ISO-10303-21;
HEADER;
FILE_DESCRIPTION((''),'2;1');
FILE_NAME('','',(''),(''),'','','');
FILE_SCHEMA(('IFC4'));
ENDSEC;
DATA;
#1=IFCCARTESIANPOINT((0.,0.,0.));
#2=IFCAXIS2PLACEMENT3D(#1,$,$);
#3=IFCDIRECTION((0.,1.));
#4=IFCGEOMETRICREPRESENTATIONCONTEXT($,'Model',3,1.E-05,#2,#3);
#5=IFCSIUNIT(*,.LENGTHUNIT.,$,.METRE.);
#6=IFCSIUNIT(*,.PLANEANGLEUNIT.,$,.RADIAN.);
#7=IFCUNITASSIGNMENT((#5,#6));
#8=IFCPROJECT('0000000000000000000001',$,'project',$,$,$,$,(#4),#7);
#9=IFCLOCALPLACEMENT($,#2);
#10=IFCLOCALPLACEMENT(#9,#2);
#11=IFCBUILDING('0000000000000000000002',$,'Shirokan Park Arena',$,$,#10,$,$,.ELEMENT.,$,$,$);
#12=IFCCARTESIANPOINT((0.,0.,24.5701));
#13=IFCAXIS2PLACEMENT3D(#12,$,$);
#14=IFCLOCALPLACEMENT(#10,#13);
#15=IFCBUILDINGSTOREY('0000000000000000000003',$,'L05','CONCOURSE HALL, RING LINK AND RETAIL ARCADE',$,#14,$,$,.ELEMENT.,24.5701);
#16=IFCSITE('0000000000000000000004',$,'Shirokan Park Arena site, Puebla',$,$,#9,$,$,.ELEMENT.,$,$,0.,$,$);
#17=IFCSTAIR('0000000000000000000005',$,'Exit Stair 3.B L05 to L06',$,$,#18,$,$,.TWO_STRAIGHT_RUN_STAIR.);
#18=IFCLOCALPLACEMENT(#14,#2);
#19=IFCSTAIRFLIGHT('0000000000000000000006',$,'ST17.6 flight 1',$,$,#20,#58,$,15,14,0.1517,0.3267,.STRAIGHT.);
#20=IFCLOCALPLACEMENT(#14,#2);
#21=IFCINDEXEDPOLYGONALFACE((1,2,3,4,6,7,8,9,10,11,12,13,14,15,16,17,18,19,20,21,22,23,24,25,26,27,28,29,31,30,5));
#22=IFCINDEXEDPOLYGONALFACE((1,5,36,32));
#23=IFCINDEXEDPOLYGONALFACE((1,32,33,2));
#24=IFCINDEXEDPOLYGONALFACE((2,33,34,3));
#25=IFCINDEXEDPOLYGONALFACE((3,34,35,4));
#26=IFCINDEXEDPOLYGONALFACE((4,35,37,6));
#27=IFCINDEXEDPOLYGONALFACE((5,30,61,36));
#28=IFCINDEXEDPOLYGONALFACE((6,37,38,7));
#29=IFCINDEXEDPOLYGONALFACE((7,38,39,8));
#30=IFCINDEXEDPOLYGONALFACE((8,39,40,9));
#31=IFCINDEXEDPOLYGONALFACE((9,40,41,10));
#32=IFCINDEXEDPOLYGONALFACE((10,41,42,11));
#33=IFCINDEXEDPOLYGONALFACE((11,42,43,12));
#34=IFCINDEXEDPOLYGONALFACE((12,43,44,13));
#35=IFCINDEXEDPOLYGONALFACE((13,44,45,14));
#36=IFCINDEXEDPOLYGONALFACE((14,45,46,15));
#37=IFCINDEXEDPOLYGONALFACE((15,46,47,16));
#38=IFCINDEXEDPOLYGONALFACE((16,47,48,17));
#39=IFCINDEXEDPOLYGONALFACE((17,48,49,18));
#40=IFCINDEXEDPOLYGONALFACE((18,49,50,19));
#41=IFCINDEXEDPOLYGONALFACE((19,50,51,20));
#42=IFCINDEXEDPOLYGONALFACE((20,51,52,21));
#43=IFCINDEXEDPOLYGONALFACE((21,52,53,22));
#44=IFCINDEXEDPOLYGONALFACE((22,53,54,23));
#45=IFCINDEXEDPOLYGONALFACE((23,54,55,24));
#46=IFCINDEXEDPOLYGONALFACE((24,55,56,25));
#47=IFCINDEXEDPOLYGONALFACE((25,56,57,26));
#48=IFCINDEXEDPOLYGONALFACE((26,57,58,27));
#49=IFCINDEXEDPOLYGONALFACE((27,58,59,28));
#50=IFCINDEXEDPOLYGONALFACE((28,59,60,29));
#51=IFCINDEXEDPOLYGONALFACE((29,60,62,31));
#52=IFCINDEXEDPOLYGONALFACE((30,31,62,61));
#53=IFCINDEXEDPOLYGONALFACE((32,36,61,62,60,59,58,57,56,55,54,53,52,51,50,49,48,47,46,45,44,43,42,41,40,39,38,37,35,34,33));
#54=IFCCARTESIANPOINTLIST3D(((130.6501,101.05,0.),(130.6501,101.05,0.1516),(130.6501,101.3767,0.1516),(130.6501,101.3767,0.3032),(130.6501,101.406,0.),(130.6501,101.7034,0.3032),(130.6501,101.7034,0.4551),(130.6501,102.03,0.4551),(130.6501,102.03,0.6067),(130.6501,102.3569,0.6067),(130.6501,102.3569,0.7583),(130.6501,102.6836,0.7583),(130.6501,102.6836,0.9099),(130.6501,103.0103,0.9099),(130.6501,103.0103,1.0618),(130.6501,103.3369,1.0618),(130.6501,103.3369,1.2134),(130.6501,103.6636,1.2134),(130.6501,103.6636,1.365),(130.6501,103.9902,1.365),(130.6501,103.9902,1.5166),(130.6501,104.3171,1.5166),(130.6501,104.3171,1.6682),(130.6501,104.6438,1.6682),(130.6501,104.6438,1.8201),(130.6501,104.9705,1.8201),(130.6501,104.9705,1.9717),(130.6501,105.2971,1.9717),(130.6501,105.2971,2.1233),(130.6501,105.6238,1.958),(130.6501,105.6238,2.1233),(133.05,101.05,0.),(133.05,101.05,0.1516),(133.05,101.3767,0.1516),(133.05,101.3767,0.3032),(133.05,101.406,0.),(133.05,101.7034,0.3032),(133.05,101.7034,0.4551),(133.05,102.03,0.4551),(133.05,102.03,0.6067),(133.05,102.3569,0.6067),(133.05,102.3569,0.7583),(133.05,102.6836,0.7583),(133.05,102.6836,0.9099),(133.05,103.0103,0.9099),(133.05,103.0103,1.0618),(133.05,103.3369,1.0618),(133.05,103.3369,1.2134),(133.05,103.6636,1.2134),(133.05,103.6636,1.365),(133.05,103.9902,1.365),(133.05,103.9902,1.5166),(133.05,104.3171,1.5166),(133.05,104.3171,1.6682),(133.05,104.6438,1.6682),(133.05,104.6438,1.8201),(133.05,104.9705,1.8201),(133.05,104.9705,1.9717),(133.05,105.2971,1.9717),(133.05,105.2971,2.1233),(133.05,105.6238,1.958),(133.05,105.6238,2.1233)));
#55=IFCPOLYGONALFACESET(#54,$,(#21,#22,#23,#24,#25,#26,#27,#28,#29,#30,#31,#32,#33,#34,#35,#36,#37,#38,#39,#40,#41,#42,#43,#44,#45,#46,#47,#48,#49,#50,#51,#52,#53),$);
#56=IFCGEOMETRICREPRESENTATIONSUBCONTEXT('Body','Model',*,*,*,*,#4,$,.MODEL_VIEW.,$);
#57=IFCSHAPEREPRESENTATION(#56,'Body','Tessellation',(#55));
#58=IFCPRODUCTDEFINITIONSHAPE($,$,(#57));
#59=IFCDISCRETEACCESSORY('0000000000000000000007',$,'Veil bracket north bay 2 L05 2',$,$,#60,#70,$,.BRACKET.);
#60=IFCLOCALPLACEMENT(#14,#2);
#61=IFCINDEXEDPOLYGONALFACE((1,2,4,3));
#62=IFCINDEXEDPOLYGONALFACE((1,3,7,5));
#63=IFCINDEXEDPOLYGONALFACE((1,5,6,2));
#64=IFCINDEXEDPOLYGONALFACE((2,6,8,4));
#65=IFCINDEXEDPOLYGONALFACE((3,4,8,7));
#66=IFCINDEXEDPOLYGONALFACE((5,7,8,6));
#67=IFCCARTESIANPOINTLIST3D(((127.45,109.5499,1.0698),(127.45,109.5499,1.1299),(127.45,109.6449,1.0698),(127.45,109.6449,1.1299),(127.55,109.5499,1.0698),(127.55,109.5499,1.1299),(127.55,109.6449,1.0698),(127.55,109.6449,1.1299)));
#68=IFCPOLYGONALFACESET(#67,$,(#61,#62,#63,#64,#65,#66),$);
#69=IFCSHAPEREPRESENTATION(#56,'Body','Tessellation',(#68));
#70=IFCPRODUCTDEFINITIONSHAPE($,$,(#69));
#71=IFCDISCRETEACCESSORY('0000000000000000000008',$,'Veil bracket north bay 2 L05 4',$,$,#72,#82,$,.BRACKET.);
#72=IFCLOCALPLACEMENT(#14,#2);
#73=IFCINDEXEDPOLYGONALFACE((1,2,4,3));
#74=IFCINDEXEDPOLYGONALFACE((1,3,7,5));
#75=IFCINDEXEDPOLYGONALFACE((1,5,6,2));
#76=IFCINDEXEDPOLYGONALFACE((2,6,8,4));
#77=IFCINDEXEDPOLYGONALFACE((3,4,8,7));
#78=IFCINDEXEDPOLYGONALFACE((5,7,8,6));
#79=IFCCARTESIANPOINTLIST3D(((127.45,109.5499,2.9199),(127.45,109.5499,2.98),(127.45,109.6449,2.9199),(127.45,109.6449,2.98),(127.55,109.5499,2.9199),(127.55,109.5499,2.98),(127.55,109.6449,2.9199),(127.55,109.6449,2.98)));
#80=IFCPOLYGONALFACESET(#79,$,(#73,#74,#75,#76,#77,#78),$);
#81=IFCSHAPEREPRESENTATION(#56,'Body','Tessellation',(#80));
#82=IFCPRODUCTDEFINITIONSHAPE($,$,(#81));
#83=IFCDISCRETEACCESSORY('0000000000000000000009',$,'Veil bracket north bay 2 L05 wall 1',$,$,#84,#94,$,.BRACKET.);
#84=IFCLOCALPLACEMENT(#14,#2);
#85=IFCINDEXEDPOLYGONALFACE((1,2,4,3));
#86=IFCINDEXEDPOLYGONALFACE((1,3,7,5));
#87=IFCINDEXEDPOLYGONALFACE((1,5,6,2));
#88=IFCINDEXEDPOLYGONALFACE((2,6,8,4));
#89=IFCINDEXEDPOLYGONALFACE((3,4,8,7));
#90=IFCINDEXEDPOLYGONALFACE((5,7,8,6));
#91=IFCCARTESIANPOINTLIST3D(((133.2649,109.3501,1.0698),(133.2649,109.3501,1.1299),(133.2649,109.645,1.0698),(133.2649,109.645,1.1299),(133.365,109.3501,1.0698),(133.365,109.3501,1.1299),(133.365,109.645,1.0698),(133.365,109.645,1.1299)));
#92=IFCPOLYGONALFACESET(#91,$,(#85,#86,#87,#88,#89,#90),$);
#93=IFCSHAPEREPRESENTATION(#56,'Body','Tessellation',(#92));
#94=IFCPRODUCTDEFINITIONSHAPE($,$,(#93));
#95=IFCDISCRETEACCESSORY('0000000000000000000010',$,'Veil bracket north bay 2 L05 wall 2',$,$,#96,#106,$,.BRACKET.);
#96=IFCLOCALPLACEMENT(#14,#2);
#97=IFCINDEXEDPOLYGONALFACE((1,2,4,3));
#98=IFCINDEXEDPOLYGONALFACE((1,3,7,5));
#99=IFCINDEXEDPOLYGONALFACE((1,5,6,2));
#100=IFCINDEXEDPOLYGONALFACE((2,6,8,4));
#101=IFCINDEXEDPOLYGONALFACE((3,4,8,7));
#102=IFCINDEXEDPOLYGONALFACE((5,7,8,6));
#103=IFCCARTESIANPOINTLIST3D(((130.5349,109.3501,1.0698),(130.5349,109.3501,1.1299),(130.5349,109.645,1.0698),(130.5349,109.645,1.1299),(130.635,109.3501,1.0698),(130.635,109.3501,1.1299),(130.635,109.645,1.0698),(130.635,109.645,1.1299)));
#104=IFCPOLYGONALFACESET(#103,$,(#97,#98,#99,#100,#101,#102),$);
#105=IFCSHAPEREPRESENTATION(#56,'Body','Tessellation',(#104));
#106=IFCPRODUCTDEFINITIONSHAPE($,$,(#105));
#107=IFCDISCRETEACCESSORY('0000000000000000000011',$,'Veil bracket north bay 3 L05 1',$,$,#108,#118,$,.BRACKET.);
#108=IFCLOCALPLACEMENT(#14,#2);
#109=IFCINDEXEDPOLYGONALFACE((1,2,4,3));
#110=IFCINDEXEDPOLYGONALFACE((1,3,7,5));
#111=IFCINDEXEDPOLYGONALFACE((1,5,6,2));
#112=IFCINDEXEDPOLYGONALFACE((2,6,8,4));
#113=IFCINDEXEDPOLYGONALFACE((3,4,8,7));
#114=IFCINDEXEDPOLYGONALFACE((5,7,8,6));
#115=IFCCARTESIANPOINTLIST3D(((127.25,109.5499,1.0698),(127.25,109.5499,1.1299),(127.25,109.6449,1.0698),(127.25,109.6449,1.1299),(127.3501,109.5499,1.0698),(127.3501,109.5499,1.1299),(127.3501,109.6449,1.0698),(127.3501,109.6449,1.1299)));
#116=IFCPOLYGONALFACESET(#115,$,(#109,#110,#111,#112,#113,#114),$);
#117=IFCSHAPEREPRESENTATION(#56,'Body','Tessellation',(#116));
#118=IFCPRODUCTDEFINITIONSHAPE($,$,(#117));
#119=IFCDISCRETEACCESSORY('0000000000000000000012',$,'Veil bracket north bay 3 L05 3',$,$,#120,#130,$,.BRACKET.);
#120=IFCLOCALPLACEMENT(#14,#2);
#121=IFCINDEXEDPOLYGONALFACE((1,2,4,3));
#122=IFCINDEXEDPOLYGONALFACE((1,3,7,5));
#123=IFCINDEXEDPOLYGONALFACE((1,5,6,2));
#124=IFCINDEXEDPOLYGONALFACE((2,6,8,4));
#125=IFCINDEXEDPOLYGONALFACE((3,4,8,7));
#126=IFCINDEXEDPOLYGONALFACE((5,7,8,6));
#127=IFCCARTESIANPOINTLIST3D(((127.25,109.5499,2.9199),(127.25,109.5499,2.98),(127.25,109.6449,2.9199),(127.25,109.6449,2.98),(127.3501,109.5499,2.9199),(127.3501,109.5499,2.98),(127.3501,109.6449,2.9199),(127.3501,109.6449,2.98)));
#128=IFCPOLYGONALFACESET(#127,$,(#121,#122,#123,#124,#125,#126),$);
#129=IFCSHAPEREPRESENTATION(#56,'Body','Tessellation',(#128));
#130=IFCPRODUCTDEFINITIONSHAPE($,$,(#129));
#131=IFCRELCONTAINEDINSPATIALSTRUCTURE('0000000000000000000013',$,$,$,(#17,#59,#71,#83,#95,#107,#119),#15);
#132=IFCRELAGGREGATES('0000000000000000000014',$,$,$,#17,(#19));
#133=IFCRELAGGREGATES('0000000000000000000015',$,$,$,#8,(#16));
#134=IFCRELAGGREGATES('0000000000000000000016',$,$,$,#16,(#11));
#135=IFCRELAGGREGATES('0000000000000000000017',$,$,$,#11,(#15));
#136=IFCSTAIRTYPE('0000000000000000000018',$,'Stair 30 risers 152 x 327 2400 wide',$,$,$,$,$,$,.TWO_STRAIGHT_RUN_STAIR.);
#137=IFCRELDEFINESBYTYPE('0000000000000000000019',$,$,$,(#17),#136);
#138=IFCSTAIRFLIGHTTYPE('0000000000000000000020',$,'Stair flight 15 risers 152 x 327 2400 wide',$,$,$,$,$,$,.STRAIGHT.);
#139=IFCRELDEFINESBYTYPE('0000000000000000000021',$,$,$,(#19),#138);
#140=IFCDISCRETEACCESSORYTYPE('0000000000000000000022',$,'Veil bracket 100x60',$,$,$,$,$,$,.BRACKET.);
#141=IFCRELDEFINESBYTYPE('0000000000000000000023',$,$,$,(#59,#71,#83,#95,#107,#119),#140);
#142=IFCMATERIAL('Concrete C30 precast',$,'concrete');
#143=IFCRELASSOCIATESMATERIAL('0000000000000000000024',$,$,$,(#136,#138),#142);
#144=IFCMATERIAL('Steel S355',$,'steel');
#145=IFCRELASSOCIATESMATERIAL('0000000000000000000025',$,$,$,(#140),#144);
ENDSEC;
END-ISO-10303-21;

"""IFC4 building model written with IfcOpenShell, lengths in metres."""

from ifc_helpers import new_model, si_unit, direction, frame, origin, origin_2d, place, context, subcontext, project, spatial, polyline, rectangle, outline, extrude, material, type_object, element, aggregate, save


model = new_model("IFC4")

# Units and contexts
model_context = context("Model", 3, precision=1e-05, world=origin(), true_north=direction((0.0, 1.0)))
body_context = subcontext(model_context, "Body", "Model", "MODEL_VIEW")
ifc_project = project(units=[si_unit("LENGTHUNIT", "METRE"), si_unit("PLANEANGLEUNIT", "RADIAN")], contexts=[model_context])

# Site, building, storey
site_placement = place(None, origin())
site = spatial("IfcSite", under=ifc_project, at=site_placement, Name="Shirokan Park Arena site, Puebla", CompositionType="ELEMENT", RefElevation=0.0)
building_placement = place(site_placement, origin())
building = spatial("IfcBuilding", under=site, at=building_placement, Name="Shirokan Park Arena", CompositionType="ELEMENT")
storey_placement = place(building_placement, frame((0.0, 0.0, 24.5701)))
storey = spatial("IfcBuildingStorey", under=building, at=storey_placement, Name="L05", Description="CONCOURSE HALL, RING LINK AND RETAIL ARCADE", CompositionType="ELEMENT", Elevation=24.5701)

# Stair, stair flight
ifc_material_1 = material(Name="Concrete C30 precast", Category="concrete")
stair_type = type_object("IfcStairType", Name="Stair 30 risers 152 x 327 2400 wide", PredefinedType="TWO_STRAIGHT_RUN_STAIR", material=ifc_material_1)
stair_placement = place(storey_placement, origin())
stair = element("IfcStair", 1, at=stair_placement, inside=storey, type_object=stair_type, Name="Exit Stair 3.B L05 to L06", PredefinedType="TWO_STRAIGHT_RUN_STAIR")
stair_flight_type = type_object("IfcStairFlightType", Name="Stair flight 15 risers 152 x 327 2400 wide", PredefinedType="STRAIGHT", material=ifc_material_1)
stair_flight_placement = place(storey_placement, frame((131.8501, 101.05, 0.0), z_axis=(0.0, 0.0, 1.0), x_axis=(0.0, 1.0, 0.0)))
stair_flight = element("IfcStairFlight", 2, at=stair_flight_placement, type_object=stair_flight_type, Name="ST17.6 flight 1", NumberOfRisers=15, NumberOfTreads=14, PredefinedType="STRAIGHT", RiserHeight=0.1517, TreadLength=0.3267, context=body_context, shape_type="SweptSolid", body=[
    extrude(outline(polyline([(0.0, 0.0), (0.0, 0.1516), (0.3267, 0.1516), (0.3267, 0.3032), (0.6533, 0.3032), (0.6533, 0.4551), (0.98, 0.4551), (0.98, 0.6067), (1.3069, 0.6067), (1.3069, 0.7583), (1.6335, 0.7583), (1.6335, 0.9099), (1.9602, 0.9099), (1.9602, 1.0618), (2.2869, 1.0618), (2.2869, 1.2134), (2.6135, 1.2134), (2.6135, 1.365), (2.9402, 1.365), (2.9402, 1.5166), (3.2671, 1.5166), (3.2671, 1.6682), (3.5938, 1.6682), (3.5938, 1.8201), (3.9204, 1.8201), (3.9204, 1.9717), (4.2471, 1.9717), (4.2471, 2.1233), (4.5737, 2.1233), (4.5737, 2.2749), (4.5737, 1.958), (0.356, 0.0), (0.0, 0.0)])), frame((0.0, 1.2, 0.0), z_axis=(0.0, -1.0, 0.0), x_axis=(1.0, 0.0, 0.0)), (0.0, 0.0, 1.0), 2.3999),
])
aggregate(stair, [stair_flight])

# Discrete accessories
ifc_material_2 = material(Name="Steel S355", Category="steel")
discrete_accessory_type = type_object("IfcDiscreteAccessoryType", Name="Veil bracket 100x60", PredefinedType="BRACKET", material=ifc_material_2)
for number, where, z_axis, x_axis, name in (
    (3, (127.5, 109.5974, 1.0698), (0.0, 0.0, 1.0), (-1.0, 0.0, 0.0), "Veil bracket north bay 2 L05 2"),
    (4, (127.5, 109.5974, 2.9199), (0.0, 0.0, 1.0), (-1.0, 0.0, 0.0), "Veil bracket north bay 2 L05 4"),
):
    element("IfcDiscreteAccessory", number, at=place(storey_placement, frame(where, z_axis=z_axis, x_axis=x_axis)), inside=storey, type_object=discrete_accessory_type, Name=name, PredefinedType="BRACKET", context=body_context, shape_type="SweptSolid", body=[
        extrude(rectangle(XDim=0.1001, YDim=0.095, at=origin_2d()), origin(), (0.0, 0.0, 1.0), 0.0601),
    ])
for number, where, z_axis, x_axis, name in (
    (5, (133.3149, 109.4976, 1.0698), (0.0, 0.0, 1.0), (-1.0, 0.0, 0.0), "Veil bracket north bay 2 L05 wall 1"),
    (6, (130.585, 109.4976, 1.0698), (0.0, 0.0, 1.0), (-1.0, 0.0, 0.0), "Veil bracket north bay 2 L05 wall 2"),
):
    element("IfcDiscreteAccessory", number, at=place(storey_placement, frame(where, z_axis=z_axis, x_axis=x_axis)), inside=storey, type_object=discrete_accessory_type, Name=name, PredefinedType="BRACKET", context=body_context, shape_type="SweptSolid", body=[
        extrude(rectangle(XDim=0.1001, YDim=0.2949, at=origin_2d()), origin(), (0.0, 0.0, 1.0), 0.0601),
    ])
for number, where, z_axis, x_axis, name in (
    (7, (127.3, 109.5974, 1.0698), (0.0, 0.0, 1.0), (-1.0, 0.0, 0.0), "Veil bracket north bay 3 L05 1"),
    (8, (127.3, 109.5974, 2.9199), (0.0, 0.0, 1.0), (-1.0, 0.0, 0.0), "Veil bracket north bay 3 L05 3"),
):
    element("IfcDiscreteAccessory", number, at=place(storey_placement, frame(where, z_axis=z_axis, x_axis=x_axis)), inside=storey, type_object=discrete_accessory_type, Name=name, PredefinedType="BRACKET", context=body_context, shape_type="SweptSolid", body=[
        extrude(rectangle(XDim=0.1001, YDim=0.095, at=origin_2d()), origin(), (0.0, 0.0, 1.0), 0.0601),
    ])

save(model, "model.ifc")
